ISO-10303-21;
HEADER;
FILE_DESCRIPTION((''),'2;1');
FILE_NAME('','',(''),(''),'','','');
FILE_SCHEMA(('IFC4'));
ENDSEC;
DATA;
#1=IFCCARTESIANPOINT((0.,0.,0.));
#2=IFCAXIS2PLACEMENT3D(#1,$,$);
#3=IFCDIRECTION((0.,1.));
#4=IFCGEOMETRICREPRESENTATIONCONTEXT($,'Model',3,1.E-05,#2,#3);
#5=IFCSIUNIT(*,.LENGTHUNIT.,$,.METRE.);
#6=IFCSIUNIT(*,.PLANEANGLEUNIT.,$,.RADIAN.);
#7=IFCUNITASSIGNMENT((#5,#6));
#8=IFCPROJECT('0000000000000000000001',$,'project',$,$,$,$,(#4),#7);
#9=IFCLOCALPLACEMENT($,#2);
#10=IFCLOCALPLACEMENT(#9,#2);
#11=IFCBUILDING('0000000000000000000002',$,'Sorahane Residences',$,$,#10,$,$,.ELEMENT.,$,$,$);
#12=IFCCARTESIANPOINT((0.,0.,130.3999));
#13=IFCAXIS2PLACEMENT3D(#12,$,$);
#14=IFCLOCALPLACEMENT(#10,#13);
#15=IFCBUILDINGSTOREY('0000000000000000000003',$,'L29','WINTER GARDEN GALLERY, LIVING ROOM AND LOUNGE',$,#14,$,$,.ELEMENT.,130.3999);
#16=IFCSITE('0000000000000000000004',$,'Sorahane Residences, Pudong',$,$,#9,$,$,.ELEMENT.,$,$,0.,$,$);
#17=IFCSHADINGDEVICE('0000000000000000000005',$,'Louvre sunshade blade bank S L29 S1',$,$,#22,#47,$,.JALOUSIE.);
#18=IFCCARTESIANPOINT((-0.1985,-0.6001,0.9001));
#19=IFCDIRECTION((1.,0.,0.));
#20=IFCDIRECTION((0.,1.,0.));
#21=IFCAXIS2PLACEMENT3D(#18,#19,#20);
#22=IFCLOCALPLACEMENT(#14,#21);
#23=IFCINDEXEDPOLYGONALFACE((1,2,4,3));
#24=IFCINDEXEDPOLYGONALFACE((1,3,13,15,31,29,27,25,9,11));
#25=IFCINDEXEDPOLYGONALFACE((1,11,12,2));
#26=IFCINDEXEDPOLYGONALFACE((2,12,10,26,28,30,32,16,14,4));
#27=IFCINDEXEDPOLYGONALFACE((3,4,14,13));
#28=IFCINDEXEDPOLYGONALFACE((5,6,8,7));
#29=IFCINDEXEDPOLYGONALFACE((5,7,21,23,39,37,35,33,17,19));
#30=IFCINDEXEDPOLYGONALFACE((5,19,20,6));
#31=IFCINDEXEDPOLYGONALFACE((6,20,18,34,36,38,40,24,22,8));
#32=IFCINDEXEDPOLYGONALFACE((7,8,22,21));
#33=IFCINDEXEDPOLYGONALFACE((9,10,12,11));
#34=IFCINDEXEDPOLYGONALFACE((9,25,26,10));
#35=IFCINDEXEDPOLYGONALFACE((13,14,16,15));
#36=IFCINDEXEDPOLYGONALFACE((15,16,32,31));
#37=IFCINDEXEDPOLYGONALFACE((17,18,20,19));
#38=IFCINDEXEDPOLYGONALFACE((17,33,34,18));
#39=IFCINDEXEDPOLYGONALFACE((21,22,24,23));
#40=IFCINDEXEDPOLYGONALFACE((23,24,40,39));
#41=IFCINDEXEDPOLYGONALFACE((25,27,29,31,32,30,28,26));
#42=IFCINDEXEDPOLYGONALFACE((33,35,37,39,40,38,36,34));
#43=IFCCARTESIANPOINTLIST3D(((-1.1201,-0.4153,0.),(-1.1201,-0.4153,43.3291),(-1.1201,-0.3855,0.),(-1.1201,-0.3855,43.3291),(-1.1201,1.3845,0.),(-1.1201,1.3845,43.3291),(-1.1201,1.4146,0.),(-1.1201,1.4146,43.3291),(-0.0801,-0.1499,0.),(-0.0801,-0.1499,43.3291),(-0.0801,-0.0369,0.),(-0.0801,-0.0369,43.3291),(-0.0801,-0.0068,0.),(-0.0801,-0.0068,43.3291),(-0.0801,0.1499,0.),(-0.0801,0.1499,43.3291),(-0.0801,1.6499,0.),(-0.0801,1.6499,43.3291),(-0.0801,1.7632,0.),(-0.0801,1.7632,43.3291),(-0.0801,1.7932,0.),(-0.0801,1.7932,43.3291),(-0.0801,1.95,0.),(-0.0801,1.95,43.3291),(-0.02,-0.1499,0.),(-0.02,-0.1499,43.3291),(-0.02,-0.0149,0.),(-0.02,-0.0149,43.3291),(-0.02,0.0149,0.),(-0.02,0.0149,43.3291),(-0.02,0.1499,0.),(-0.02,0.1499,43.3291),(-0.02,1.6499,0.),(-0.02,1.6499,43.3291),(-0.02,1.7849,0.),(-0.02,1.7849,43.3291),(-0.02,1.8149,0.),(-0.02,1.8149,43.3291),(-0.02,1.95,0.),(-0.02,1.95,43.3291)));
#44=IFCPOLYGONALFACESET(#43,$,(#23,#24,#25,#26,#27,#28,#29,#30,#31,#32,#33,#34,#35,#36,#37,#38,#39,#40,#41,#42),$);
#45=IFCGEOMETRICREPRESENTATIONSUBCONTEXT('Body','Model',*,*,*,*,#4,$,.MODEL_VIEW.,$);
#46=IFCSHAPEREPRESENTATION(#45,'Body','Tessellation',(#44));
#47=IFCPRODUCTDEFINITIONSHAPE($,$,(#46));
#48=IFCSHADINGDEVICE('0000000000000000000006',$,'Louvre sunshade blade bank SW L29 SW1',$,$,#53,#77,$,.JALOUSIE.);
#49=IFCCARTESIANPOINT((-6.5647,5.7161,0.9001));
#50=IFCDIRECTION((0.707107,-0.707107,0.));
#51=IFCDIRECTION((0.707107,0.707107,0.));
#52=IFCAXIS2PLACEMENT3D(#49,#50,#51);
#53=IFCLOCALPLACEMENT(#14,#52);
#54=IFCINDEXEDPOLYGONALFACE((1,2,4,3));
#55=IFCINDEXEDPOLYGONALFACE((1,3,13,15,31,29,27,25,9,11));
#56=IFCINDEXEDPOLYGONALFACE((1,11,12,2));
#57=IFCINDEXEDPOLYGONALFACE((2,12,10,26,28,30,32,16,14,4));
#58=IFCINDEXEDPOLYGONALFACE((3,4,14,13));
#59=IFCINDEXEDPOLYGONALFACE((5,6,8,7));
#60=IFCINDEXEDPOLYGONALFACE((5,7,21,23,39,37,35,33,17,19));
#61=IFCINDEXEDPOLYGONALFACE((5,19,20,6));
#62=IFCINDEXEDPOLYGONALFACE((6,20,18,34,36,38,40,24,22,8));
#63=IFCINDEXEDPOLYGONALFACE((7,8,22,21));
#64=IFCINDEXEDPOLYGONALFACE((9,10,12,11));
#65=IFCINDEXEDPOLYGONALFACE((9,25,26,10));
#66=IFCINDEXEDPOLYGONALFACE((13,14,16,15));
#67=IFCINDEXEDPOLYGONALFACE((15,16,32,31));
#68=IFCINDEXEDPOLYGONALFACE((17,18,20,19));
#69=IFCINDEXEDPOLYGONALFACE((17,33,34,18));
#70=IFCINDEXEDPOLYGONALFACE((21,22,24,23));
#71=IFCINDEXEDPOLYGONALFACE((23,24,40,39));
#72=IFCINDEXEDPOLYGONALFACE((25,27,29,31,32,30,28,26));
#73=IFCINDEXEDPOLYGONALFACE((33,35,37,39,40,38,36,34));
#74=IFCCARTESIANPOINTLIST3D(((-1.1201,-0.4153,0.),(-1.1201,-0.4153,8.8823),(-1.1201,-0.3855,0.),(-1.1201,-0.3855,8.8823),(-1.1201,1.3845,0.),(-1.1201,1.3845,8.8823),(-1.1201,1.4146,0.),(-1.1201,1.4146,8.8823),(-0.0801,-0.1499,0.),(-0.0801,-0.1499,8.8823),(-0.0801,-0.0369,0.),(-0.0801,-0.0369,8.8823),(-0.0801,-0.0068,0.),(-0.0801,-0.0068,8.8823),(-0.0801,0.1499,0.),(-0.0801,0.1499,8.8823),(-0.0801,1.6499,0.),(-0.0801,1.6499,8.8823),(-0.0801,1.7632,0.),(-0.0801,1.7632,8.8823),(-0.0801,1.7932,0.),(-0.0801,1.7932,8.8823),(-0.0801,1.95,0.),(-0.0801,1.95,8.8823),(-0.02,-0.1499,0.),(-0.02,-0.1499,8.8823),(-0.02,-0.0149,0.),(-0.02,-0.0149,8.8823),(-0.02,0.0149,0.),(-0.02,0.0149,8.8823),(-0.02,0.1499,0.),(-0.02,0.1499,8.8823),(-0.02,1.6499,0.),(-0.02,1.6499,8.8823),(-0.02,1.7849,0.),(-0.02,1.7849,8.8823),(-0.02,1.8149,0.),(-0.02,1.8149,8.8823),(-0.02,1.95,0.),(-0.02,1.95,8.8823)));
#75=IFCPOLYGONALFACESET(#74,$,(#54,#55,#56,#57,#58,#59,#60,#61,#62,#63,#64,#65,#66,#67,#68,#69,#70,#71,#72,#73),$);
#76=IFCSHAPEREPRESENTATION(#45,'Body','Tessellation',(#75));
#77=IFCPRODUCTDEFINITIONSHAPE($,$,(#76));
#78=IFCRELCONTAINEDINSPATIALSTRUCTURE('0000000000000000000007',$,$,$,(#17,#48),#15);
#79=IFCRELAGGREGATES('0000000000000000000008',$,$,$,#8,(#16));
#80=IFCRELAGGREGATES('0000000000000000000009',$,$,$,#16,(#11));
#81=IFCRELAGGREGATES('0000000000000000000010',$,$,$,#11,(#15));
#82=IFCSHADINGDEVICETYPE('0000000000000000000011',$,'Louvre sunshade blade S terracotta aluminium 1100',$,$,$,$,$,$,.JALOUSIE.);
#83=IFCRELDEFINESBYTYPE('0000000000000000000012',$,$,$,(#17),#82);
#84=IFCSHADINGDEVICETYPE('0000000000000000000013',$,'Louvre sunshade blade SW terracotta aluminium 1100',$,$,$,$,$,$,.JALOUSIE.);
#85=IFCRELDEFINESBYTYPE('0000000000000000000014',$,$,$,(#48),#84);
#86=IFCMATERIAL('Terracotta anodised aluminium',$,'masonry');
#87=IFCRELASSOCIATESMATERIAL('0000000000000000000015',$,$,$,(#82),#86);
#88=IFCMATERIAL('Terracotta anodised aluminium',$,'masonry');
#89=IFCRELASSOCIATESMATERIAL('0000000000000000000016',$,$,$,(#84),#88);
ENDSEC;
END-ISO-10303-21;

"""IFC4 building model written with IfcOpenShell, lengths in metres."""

from ifc_helpers import new_model, si_unit, direction, frame, origin, place, context, subcontext, project, spatial, polyline, outline, composite_profile, extrude, material, type_object, element, save


model = new_model("IFC4")

# Units and contexts
model_context = context("Model", 3, precision=1e-05, world=origin(), true_north=direction((0.0, 1.0)))
body_context = subcontext(model_context, "Body", "Model", "MODEL_VIEW")
ifc_project = project(units=[si_unit("LENGTHUNIT", "METRE"), si_unit("PLANEANGLEUNIT", "RADIAN")], contexts=[model_context])

# Site, building, storey
site_placement = place(None, origin())
site = spatial("IfcSite", under=ifc_project, at=site_placement, Name="Sorahane Residences, Pudong", CompositionType="ELEMENT", RefElevation=0.0)
building_placement = place(site_placement, origin())
building = spatial("IfcBuilding", under=site, at=building_placement, Name="Sorahane Residences", CompositionType="ELEMENT")
storey_placement = place(building_placement, frame((0.0, 0.0, 130.3999)))
storey = spatial("IfcBuildingStorey", under=building, at=storey_placement, Name="L29", Description="WINTER GARDEN GALLERY, LIVING ROOM AND LOUNGE", CompositionType="ELEMENT", Elevation=130.3999)

# Shading devices
ifc_material_1 = material(Name="Terracotta anodised aluminium", Category="masonry")
shading_device_type_1 = type_object("IfcShadingDeviceType", Name="Louvre sunshade blade S terracotta aluminium 1100", PredefinedType="JALOUSIE", material=ifc_material_1)
shading_device_1_placement = place(storey_placement, frame((-0.1985, -0.6001, 0.9001), z_axis=(1.0, 0.0, 0.0), x_axis=(0.0, 1.0, 0.0)))
element("IfcShadingDevice", 1, at=shading_device_1_placement, inside=storey, type_object=shading_device_type_1, Name="Louvre sunshade blade bank S L29 S1", PredefinedType="JALOUSIE", context=body_context, shape_type="SweptSolid", body=[
    extrude(composite_profile([outline(polyline([(-1.1201, -0.3855), (-1.1201, -0.4153), (-0.0801, -0.0369), (-0.0801, -0.1499), (-0.02, -0.1499), (-0.02, -0.0149), (-0.02, 0.0149), (-0.02, 0.1499), (-0.0801, 0.1499), (-0.0801, -0.0068), (-1.1201, -0.3855)])), outline(polyline([(-1.1201, 1.4146), (-1.1201, 1.3845), (-0.0801, 1.7632), (-0.0801, 1.6499), (-0.02, 1.6499), (-0.02, 1.7849), (-0.02, 1.8149), (-0.02, 1.95), (-0.0801, 1.95), (-0.0801, 1.7932), (-1.1201, 1.4146)]))]), origin(), (0.0, 0.0, 1.0), 43.3291),
])
ifc_material_2 = material(Name="Terracotta anodised aluminium", Category="masonry")
shading_device_type_2 = type_object("IfcShadingDeviceType", Name="Louvre sunshade blade SW terracotta aluminium 1100", PredefinedType="JALOUSIE", material=ifc_material_2)
shading_device_2_placement = place(storey_placement, frame((-6.5647, 5.7161, 0.9001), z_axis=(0.707107, -0.707107, 0.0), x_axis=(0.707107, 0.707107, 0.0)))
element("IfcShadingDevice", 2, at=shading_device_2_placement, inside=storey, type_object=shading_device_type_2, Name="Louvre sunshade blade bank SW L29 SW1", PredefinedType="JALOUSIE", context=body_context, shape_type="SweptSolid", body=[
    extrude(composite_profile([outline(polyline([(-1.1201, -0.3855), (-1.1201, -0.4153), (-0.0801, -0.0369), (-0.0801, -0.1499), (-0.02, -0.1499), (-0.02, -0.0149), (-0.02, 0.0149), (-0.02, 0.1499), (-0.0801, 0.1499), (-0.0801, -0.0068), (-1.1201, -0.3855)])), outline(polyline([(-1.1201, 1.4146), (-1.1201, 1.3845), (-0.0801, 1.7632), (-0.0801, 1.6499), (-0.02, 1.6499), (-0.02, 1.7849), (-0.02, 1.8149), (-0.02, 1.95), (-0.0801, 1.95), (-0.0801, 1.7932), (-1.1201, 1.4146)]))]), origin(), (0.0, 0.0, 1.0), 8.8823),
])

save(model, "model.ifc")
